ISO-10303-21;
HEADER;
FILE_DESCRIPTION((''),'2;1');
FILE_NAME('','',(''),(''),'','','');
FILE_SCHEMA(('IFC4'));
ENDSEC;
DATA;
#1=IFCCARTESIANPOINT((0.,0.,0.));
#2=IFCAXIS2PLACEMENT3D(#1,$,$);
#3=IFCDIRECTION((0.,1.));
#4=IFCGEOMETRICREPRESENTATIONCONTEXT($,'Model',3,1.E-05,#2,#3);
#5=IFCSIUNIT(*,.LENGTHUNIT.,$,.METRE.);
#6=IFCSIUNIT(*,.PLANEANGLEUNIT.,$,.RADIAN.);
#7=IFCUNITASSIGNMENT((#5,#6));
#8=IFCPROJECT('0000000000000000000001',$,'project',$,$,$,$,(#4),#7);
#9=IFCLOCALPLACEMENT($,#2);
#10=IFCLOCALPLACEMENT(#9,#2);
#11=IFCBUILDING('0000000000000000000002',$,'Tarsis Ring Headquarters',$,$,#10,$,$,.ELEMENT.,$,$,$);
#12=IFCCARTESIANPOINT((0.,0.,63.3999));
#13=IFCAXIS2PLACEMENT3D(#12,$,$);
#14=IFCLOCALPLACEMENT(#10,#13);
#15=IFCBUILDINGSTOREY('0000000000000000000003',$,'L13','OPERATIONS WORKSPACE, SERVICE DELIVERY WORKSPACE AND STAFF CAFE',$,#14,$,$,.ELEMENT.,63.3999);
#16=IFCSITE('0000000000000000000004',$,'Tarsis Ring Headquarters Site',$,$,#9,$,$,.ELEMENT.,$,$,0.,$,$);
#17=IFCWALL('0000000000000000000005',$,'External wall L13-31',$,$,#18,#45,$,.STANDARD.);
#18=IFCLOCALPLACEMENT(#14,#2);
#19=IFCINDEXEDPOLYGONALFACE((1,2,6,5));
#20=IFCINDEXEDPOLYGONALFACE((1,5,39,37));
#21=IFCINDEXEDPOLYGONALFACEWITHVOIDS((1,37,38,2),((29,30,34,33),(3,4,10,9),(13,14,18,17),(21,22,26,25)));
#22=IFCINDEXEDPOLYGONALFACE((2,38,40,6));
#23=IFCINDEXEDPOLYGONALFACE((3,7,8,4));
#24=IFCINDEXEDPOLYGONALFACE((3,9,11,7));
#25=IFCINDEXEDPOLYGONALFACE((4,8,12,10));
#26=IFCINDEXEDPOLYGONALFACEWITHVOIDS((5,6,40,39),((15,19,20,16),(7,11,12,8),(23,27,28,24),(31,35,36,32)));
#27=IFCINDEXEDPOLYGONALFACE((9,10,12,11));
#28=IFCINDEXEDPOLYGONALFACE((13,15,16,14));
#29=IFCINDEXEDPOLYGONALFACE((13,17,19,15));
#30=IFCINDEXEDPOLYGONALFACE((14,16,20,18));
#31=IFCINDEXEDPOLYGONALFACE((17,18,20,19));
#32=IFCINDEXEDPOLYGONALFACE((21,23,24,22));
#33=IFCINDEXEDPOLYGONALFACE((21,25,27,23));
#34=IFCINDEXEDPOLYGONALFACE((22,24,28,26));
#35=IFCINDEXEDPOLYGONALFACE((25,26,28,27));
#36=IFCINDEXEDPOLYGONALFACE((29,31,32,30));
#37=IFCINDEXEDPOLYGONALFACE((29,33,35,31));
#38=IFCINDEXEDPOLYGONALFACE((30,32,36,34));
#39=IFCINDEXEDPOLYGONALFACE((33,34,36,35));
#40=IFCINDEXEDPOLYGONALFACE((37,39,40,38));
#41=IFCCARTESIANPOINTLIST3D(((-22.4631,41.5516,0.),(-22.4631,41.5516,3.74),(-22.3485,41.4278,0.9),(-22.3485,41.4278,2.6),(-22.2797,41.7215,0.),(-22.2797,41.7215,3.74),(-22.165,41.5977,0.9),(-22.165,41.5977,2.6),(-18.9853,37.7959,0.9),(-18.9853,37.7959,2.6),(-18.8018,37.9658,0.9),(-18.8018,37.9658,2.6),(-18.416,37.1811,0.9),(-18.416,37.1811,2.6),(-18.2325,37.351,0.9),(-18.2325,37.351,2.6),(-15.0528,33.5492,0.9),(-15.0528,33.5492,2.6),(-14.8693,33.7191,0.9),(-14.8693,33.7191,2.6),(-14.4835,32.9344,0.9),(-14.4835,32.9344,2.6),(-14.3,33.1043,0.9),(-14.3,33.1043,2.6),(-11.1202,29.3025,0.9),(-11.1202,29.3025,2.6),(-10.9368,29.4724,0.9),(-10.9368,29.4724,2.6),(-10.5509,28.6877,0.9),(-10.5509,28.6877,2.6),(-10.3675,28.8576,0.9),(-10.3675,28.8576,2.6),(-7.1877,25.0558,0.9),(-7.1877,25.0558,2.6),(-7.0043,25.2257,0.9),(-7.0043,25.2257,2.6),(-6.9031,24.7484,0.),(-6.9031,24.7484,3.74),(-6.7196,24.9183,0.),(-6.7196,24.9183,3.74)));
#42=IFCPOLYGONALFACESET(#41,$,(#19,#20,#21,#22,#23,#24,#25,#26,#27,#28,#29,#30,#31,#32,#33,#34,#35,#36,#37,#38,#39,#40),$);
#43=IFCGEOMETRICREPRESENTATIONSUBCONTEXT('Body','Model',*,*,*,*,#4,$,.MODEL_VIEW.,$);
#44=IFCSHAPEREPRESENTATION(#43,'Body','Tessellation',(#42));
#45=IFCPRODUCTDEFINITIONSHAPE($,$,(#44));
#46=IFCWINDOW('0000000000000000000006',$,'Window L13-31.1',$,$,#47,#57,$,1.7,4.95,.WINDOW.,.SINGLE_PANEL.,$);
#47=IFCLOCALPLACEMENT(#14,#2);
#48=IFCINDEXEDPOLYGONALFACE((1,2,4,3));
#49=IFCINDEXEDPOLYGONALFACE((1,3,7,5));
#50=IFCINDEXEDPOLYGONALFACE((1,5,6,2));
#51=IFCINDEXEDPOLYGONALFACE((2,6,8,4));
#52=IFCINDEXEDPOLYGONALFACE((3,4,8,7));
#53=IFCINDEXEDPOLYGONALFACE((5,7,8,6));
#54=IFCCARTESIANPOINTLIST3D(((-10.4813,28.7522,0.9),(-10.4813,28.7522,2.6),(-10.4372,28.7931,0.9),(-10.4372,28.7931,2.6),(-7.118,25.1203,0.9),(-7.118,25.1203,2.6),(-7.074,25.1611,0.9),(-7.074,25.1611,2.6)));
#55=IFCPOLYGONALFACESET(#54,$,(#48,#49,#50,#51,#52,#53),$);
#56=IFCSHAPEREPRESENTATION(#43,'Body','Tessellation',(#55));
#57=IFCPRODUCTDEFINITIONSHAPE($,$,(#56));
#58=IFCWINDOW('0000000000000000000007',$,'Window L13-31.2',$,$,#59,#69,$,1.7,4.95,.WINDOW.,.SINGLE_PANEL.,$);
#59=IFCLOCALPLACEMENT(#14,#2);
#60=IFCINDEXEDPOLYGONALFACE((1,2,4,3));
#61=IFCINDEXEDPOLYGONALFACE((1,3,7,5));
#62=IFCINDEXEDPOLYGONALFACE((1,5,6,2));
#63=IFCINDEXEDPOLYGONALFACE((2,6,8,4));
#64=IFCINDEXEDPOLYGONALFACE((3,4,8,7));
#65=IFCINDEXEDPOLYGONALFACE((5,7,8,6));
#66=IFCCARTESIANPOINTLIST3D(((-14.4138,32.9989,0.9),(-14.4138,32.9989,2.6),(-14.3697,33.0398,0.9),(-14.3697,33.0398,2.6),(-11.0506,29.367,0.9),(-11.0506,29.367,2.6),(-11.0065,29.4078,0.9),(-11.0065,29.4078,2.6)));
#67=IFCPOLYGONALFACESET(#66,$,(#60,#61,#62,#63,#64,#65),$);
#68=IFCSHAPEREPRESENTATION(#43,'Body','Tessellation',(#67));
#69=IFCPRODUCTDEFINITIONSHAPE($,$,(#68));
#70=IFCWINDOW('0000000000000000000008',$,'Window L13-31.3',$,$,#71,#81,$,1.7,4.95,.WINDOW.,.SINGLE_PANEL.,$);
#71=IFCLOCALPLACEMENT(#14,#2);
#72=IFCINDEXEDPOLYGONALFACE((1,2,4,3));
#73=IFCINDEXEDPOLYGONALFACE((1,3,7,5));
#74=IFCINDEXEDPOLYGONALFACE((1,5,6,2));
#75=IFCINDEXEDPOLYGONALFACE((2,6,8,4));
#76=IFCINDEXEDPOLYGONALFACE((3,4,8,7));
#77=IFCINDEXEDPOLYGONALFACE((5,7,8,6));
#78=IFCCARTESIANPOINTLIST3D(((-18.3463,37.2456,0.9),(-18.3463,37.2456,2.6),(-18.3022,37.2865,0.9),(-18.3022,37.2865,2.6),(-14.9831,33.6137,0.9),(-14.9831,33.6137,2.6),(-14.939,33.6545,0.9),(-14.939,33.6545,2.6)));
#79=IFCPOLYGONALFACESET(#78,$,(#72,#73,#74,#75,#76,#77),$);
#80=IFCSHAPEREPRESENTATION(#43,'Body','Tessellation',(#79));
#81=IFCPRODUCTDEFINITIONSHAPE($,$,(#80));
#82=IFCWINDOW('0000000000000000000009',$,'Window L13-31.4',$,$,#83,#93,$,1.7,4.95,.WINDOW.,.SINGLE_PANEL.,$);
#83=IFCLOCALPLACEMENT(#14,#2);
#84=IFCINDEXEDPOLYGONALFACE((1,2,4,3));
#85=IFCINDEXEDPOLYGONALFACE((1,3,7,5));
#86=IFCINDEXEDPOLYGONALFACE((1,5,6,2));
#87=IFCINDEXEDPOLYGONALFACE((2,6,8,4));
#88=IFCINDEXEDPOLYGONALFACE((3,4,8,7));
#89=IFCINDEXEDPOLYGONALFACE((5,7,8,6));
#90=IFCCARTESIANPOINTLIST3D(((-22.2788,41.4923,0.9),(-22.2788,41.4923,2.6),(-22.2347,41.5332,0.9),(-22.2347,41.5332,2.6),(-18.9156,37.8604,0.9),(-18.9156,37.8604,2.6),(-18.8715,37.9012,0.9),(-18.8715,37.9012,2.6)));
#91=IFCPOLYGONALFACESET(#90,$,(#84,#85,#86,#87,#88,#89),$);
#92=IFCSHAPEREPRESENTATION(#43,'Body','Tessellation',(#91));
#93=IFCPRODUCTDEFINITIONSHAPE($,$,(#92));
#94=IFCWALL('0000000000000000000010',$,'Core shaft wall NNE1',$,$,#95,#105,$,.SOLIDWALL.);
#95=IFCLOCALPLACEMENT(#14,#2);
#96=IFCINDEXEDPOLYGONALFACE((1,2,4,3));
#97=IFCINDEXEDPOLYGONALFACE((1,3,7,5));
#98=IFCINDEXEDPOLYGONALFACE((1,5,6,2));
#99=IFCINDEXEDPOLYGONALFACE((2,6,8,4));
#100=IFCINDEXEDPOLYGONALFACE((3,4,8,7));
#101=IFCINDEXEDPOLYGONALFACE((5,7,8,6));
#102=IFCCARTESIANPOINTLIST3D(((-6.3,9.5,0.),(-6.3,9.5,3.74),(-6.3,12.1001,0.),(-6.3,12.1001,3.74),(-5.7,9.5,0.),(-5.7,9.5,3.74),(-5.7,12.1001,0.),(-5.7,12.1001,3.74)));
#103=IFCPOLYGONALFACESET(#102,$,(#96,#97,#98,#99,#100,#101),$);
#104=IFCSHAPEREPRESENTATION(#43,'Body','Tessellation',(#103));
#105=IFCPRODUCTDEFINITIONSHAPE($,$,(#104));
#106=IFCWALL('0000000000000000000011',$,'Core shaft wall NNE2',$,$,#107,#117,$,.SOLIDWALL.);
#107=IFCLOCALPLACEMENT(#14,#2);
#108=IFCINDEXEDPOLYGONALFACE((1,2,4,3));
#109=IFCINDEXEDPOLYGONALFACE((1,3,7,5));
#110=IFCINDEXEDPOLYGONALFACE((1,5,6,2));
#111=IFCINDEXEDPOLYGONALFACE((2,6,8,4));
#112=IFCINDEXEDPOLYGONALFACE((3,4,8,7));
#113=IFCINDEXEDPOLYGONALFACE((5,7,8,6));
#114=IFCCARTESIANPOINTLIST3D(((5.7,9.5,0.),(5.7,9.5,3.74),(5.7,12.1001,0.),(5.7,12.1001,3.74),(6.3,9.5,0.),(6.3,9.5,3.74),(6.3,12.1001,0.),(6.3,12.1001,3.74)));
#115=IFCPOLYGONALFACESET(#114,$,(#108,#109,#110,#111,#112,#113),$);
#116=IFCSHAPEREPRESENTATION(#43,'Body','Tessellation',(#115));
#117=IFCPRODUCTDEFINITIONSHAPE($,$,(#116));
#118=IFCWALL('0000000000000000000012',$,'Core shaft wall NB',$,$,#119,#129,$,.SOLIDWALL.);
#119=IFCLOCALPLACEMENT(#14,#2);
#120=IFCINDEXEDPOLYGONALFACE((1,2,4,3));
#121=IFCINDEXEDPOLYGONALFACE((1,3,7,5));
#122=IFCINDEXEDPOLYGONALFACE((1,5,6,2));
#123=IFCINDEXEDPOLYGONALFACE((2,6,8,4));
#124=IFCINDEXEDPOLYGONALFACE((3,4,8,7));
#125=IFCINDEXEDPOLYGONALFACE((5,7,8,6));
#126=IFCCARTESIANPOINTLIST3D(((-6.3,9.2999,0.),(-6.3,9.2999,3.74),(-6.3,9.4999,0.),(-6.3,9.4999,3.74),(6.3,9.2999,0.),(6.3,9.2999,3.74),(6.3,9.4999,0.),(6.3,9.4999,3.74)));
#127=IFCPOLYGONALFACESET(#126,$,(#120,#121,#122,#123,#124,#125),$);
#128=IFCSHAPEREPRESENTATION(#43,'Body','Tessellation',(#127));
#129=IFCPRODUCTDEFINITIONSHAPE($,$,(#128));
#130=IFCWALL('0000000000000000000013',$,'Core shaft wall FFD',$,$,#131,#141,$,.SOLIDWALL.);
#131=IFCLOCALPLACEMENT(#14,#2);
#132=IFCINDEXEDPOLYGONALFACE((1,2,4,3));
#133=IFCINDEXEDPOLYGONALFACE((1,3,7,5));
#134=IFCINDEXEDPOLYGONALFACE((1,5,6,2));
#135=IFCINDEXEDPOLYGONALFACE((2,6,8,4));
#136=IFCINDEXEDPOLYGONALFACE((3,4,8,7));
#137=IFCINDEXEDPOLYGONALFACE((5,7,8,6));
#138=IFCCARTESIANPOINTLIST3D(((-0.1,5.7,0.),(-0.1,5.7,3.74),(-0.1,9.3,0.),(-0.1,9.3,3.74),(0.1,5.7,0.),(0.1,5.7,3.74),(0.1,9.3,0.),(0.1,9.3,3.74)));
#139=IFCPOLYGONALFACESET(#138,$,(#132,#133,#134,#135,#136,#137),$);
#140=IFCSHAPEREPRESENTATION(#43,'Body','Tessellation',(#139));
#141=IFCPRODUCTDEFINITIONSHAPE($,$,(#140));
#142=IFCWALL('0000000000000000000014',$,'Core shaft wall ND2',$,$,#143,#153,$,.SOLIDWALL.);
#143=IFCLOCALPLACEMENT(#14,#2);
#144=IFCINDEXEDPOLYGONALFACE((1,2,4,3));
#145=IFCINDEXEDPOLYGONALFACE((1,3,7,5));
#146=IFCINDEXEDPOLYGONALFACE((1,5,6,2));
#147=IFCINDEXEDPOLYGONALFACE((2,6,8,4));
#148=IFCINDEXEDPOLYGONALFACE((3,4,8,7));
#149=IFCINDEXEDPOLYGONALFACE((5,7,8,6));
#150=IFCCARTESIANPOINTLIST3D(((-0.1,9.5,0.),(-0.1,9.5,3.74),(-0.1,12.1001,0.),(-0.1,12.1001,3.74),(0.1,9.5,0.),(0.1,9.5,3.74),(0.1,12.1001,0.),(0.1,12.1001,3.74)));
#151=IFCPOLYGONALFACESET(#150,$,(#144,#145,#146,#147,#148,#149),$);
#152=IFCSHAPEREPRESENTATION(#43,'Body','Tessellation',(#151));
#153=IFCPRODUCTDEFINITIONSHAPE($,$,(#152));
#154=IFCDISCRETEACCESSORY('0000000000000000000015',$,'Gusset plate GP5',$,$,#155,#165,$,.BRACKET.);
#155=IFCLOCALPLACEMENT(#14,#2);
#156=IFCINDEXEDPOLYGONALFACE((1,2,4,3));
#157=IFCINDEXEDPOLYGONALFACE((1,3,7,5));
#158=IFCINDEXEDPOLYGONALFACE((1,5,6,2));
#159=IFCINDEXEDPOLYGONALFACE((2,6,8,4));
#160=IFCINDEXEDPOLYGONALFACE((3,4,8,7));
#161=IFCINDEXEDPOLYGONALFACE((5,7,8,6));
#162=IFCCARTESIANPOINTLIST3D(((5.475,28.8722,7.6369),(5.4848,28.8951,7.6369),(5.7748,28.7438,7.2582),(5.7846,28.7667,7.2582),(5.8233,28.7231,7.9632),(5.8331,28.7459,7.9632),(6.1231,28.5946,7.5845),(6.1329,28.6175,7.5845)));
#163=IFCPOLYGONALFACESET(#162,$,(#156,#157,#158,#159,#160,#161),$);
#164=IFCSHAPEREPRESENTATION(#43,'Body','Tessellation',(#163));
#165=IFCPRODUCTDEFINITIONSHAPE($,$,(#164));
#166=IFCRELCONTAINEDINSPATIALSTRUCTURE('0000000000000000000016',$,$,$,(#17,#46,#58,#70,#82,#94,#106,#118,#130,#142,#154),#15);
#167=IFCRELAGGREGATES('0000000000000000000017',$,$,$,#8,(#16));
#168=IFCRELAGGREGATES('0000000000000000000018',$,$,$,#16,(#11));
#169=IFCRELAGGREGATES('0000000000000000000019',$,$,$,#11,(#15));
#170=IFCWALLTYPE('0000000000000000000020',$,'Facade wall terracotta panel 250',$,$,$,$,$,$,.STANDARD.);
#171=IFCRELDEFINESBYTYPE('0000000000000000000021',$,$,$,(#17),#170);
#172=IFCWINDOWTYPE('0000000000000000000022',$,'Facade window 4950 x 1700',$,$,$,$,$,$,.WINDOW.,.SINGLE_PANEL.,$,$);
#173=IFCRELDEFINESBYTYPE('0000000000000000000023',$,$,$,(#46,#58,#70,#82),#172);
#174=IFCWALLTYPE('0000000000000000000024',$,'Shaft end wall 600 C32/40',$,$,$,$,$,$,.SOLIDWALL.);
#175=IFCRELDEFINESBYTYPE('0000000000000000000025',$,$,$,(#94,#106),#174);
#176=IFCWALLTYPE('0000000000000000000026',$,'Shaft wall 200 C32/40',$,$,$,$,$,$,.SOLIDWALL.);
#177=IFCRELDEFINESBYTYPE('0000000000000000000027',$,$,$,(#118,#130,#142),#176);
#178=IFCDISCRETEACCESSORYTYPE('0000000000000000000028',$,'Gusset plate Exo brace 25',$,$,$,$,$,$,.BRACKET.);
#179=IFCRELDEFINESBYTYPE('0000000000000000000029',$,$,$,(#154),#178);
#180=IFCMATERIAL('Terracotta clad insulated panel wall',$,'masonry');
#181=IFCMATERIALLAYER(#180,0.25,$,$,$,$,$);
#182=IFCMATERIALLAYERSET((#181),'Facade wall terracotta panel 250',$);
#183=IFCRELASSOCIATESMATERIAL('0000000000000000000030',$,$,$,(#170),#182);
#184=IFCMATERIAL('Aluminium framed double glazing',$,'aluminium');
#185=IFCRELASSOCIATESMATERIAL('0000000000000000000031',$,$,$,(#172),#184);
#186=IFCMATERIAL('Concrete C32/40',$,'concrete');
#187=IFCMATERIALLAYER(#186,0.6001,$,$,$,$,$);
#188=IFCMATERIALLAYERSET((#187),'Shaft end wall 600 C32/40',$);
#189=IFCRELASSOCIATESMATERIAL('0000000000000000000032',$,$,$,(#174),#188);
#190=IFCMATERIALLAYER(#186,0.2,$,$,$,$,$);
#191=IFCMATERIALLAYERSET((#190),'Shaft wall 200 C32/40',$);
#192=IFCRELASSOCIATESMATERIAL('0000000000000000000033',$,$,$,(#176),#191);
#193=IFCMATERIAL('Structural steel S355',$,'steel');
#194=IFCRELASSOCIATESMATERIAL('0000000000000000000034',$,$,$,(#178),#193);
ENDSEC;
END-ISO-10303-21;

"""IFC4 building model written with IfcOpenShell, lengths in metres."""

from ifc_helpers import new_model, si_unit, direction, frame, frame_2d, origin, origin_2d, place, context, subcontext, project, spatial, rectangle, extrude, material, layer, layer_set, material_profile, profile_set, type_object, element, fill, save


model = new_model("IFC4")

# Units and contexts
model_context = context("Model", 3, precision=1e-05, world=origin(), true_north=direction((0.0, 1.0)))
body_context = subcontext(model_context, "Body", "Model", "MODEL_VIEW")
ifc_project = project(units=[si_unit("LENGTHUNIT", "METRE"), si_unit("PLANEANGLEUNIT", "RADIAN")], contexts=[model_context])

# Site, building, storey
site_placement = place(None, origin())
site = spatial("IfcSite", under=ifc_project, at=site_placement, Name="Tarsis Ring Headquarters Site", CompositionType="ELEMENT", RefElevation=0.0)
building_placement = place(site_placement, origin())
building = spatial("IfcBuilding", under=site, at=building_placement, Name="Tarsis Ring Headquarters", CompositionType="ELEMENT")
storey_placement = place(building_placement, frame((0.0, 0.0, 63.3999)))
storey = spatial("IfcBuildingStorey", under=building, at=storey_placement, Name="L13", Description="OPERATIONS WORKSPACE, SERVICE DELIVERY WORKSPACE AND STAFF CAFE", CompositionType="ELEMENT", Elevation=63.3999)

# Shared definitions
ifc_material_1 = material(Name="Structural steel S355", Category="steel")

# Shared definitions
ifc_material_2 = material(Name="Terracotta clad insulated panel wall", Category="masonry")
ifc_layer_1 = layer(ifc_material_2, 0.25)
ifc_layer_set_1 = layer_set([ifc_layer_1], Name="Facade wall terracotta panel 250")
wall_type_1 = type_object("IfcWallType", Name="Facade wall terracotta panel 250", PredefinedType="STANDARD", material=ifc_layer_set_1)
ifc_material_3 = material(Name="Aluminium framed double glazing", Category="aluminium")

# Wall, openings, windows
wall_1_placement = place(storey_placement, frame((-6.8113, 24.8333, 0.0), z_axis=(0.0, 0.0, 1.0), x_axis=(-0.679444, 0.733728, 0.0)))
wall_1 = element("IfcWall", 1, at=wall_1_placement, inside=storey, type_object=wall_type_1, Name="External wall L13-31", PredefinedType="STANDARD", context=body_context, shape_type="SweptSolid", body=[
    extrude(rectangle(XDim=22.9011, YDim=0.25, at=frame_2d((11.4507, 0.0))), origin(), (0.0, 0.0, 1.0), 3.74),
])
opening_1_placement = place(wall_1_placement, frame((0.4189, 0.0, 0.8999)))
opening_1 = element("IfcOpeningElement", 2, at=opening_1_placement, cuts=wall_1, PredefinedType="OPENING", context=body_context, shape_type="SweptSolid", body=[
    extrude(rectangle(XDim=4.95, YDim=1.7, at=frame_2d((2.4751, 0.8501))), frame((0.0, 0.135, 0.0), z_axis=(0.0, -1.0, 0.0), x_axis=(1.0, 0.0, 0.0)), (0.0, 0.0, 1.0), 0.27),
])
opening_2_placement = place(wall_1_placement, frame((6.2068, 0.0, 0.8999)))
opening_2 = element("IfcOpeningElement", 3, at=opening_2_placement, cuts=wall_1, PredefinedType="OPENING", context=body_context, shape_type="SweptSolid", body=[
    extrude(rectangle(XDim=4.95, YDim=1.7, at=frame_2d((2.4751, 0.8501))), frame((0.0, 0.135, 0.0), z_axis=(0.0, -1.0, 0.0), x_axis=(1.0, 0.0, 0.0)), (0.0, 0.0, 1.0), 0.27),
])
opening_3_placement = place(wall_1_placement, frame((11.9946, 0.0, 0.8999)))
opening_3 = element("IfcOpeningElement", 4, at=opening_3_placement, cuts=wall_1, PredefinedType="OPENING", context=body_context, shape_type="SweptSolid", body=[
    extrude(rectangle(XDim=4.95, YDim=1.7, at=frame_2d((2.4751, 0.8501))), frame((0.0, 0.135, 0.0), z_axis=(0.0, -1.0, 0.0), x_axis=(1.0, 0.0, 0.0)), (0.0, 0.0, 1.0), 0.27),
])
opening_4_placement = place(wall_1_placement, frame((17.7825, 0.0, 0.8999)))
opening_4 = element("IfcOpeningElement", 5, at=opening_4_placement, cuts=wall_1, PredefinedType="OPENING", context=body_context, shape_type="SweptSolid", body=[
    extrude(rectangle(XDim=4.95, YDim=1.7, at=frame_2d((2.4751, 0.8501))), frame((0.0, 0.135, 0.0), z_axis=(0.0, -1.0, 0.0), x_axis=(1.0, 0.0, 0.0)), (0.0, 0.0, 1.0), 0.27),
])
window_type_1 = type_object("IfcWindowType", Name="Facade window 4950 x 1700", PartitioningType="SINGLE_PANEL", PredefinedType="WINDOW", material=ifc_material_3)
window_1_placement = place(opening_1_placement, origin())
window_1 = element("IfcWindow", 6, at=window_1_placement, inside=storey, type_object=window_type_1, Name="Window L13-31.1", OverallHeight=1.7, OverallWidth=4.95, PartitioningType="SINGLE_PANEL", PredefinedType="WINDOW", context=body_context, shape_type="SweptSolid", body=[
    extrude(rectangle(XDim=4.95, YDim=1.7, at=frame_2d((2.4751, 0.8501))), frame((0.0, 0.03, 0.0), z_axis=(0.0, -1.0, 0.0), x_axis=(1.0, 0.0, 0.0)), (0.0, 0.0, 1.0), 0.0601),
])
fill(opening_1, window_1)
window_2_placement = place(opening_2_placement, origin())
window_2 = element("IfcWindow", 7, at=window_2_placement, inside=storey, type_object=window_type_1, Name="Window L13-31.2", OverallHeight=1.7, OverallWidth=4.95, PartitioningType="SINGLE_PANEL", PredefinedType="WINDOW", context=body_context, shape_type="SweptSolid", body=[
    extrude(rectangle(XDim=4.95, YDim=1.7, at=frame_2d((2.4751, 0.8501))), frame((0.0, 0.03, 0.0), z_axis=(0.0, -1.0, 0.0), x_axis=(1.0, 0.0, 0.0)), (0.0, 0.0, 1.0), 0.0601),
])
fill(opening_2, window_2)
window_3_placement = place(opening_3_placement, origin())
window_3 = element("IfcWindow", 8, at=window_3_placement, inside=storey, type_object=window_type_1, Name="Window L13-31.3", OverallHeight=1.7, OverallWidth=4.95, PartitioningType="SINGLE_PANEL", PredefinedType="WINDOW", context=body_context, shape_type="SweptSolid", body=[
    extrude(rectangle(XDim=4.95, YDim=1.7, at=frame_2d((2.4751, 0.8501))), frame((0.0, 0.03, 0.0), z_axis=(0.0, -1.0, 0.0), x_axis=(1.0, 0.0, 0.0)), (0.0, 0.0, 1.0), 0.0601),
])
fill(opening_3, window_3)
window_4_placement = place(opening_4_placement, origin())
window_4 = element("IfcWindow", 9, at=window_4_placement, inside=storey, type_object=window_type_1, Name="Window L13-31.4", OverallHeight=1.7, OverallWidth=4.95, PartitioningType="SINGLE_PANEL", PredefinedType="WINDOW", context=body_context, shape_type="SweptSolid", body=[
    extrude(rectangle(XDim=4.95, YDim=1.7, at=frame_2d((2.4751, 0.8501))), frame((0.0, 0.03, 0.0), z_axis=(0.0, -1.0, 0.0), x_axis=(1.0, 0.0, 0.0)), (0.0, 0.0, 1.0), 0.0601),
])
fill(opening_4, window_4)

# Walls
ifc_material_4 = material(Name="Concrete C32/40", Category="concrete")
ifc_layer_2 = layer(ifc_material_4, 0.6001)
ifc_layer_set_2 = layer_set([ifc_layer_2], Name="Shaft end wall 600 C32/40")
wall_type_2 = type_object("IfcWallType", Name="Shaft end wall 600 C32/40", PredefinedType="SOLIDWALL", material=ifc_layer_set_2)
for number, where, z_axis, x_axis, name in (
    (10, (-6.0, 9.5, 0.0), (0.0, 0.0, 1.0), (0.0, 1.0, 0.0), "Core shaft wall NNE1"),
    (11, (6.0, 9.5, 0.0), (0.0, 0.0, 1.0), (0.0, 1.0, 0.0), "Core shaft wall NNE2"),
):
    element("IfcWall", number, at=place(storey_placement, frame(where, z_axis=z_axis, x_axis=x_axis)), inside=storey, type_object=wall_type_2, Name=name, PredefinedType="SOLIDWALL", context=body_context, shape_type="SweptSolid", body=[
        extrude(rectangle(XDim=2.6001, YDim=0.6001, at=frame_2d((1.3, 0.0))), origin(), (0.0, 0.0, 1.0), 3.74),
    ])
ifc_layer_3 = layer(ifc_material_4, 0.2)
ifc_layer_set_3 = layer_set([ifc_layer_3], Name="Shaft wall 200 C32/40")
wall_type_3 = type_object("IfcWallType", Name="Shaft wall 200 C32/40", PredefinedType="SOLIDWALL", material=ifc_layer_set_3)
wall_2_placement = place(storey_placement, frame((-6.3, 9.3999, 0.0), z_axis=(0.0, 0.0, 1.0), x_axis=(1.0, 0.0, 0.0)))
element("IfcWall", 12, at=wall_2_placement, inside=storey, type_object=wall_type_3, Name="Core shaft wall NB", PredefinedType="SOLIDWALL", context=body_context, shape_type="SweptSolid", body=[
    extrude(rectangle(XDim=12.6001, YDim=0.2, at=frame_2d((6.3, 0.0))), origin(), (0.0, 0.0, 1.0), 3.74),
])
wall_3_placement = place(storey_placement, frame((0.0, 5.7, 0.0), z_axis=(0.0, 0.0, 1.0), x_axis=(0.0, 1.0, 0.0)))
element("IfcWall", 13, at=wall_3_placement, inside=storey, type_object=wall_type_3, Name="Core shaft wall FFD", PredefinedType="SOLIDWALL", context=body_context, shape_type="SweptSolid", body=[
    extrude(rectangle(XDim=3.6001, YDim=0.2, at=frame_2d((1.8, 0.0))), origin(), (0.0, 0.0, 1.0), 3.74),
])
wall_4_placement = place(storey_placement, frame((0.0, 9.5, 0.0), z_axis=(0.0, 0.0, 1.0), x_axis=(0.0, 1.0, 0.0)))
element("IfcWall", 14, at=wall_4_placement, inside=storey, type_object=wall_type_3, Name="Core shaft wall ND2", PredefinedType="SOLIDWALL", context=body_context, shape_type="SweptSolid", body=[
    extrude(rectangle(XDim=2.6001, YDim=0.2, at=frame_2d((1.3, 0.0))), origin(), (0.0, 0.0, 1.0), 3.74),
])

# Discrete accessory
ifc_material_profile_1 = material_profile(ifc_material_1, rectangle(XDim=0.0249, YDim=0.5, at=origin_2d()), Name="PL 25x500")
ifc_profile_set_1 = profile_set([ifc_material_profile_1], Name="Structural steel S355")
discrete_accessory_type = type_object("IfcDiscreteAccessoryType", Name="Gusset plate Exo brace 25", PredefinedType="BRACKET", material=ifc_profile_set_1)
discrete_accessory_placement = place(storey_placement, frame((5.6541, 28.8091, 7.8), z_axis=(0.599899, -0.25696, -0.757689), x_axis=(0.393739, 0.919222, 0.0)))
element("IfcDiscreteAccessory", 15, at=discrete_accessory_placement, inside=storey, type_object=discrete_accessory_type, Name="Gusset plate GP5", PredefinedType="BRACKET", context=body_context, shape_type="SweptSolid", body=[
    extrude(rectangle(XDim=0.0249, YDim=0.5, at=origin_2d()), origin(), (0.0, 0.0, 1.0), 0.4998),
])

save(model, "model.ifc")
